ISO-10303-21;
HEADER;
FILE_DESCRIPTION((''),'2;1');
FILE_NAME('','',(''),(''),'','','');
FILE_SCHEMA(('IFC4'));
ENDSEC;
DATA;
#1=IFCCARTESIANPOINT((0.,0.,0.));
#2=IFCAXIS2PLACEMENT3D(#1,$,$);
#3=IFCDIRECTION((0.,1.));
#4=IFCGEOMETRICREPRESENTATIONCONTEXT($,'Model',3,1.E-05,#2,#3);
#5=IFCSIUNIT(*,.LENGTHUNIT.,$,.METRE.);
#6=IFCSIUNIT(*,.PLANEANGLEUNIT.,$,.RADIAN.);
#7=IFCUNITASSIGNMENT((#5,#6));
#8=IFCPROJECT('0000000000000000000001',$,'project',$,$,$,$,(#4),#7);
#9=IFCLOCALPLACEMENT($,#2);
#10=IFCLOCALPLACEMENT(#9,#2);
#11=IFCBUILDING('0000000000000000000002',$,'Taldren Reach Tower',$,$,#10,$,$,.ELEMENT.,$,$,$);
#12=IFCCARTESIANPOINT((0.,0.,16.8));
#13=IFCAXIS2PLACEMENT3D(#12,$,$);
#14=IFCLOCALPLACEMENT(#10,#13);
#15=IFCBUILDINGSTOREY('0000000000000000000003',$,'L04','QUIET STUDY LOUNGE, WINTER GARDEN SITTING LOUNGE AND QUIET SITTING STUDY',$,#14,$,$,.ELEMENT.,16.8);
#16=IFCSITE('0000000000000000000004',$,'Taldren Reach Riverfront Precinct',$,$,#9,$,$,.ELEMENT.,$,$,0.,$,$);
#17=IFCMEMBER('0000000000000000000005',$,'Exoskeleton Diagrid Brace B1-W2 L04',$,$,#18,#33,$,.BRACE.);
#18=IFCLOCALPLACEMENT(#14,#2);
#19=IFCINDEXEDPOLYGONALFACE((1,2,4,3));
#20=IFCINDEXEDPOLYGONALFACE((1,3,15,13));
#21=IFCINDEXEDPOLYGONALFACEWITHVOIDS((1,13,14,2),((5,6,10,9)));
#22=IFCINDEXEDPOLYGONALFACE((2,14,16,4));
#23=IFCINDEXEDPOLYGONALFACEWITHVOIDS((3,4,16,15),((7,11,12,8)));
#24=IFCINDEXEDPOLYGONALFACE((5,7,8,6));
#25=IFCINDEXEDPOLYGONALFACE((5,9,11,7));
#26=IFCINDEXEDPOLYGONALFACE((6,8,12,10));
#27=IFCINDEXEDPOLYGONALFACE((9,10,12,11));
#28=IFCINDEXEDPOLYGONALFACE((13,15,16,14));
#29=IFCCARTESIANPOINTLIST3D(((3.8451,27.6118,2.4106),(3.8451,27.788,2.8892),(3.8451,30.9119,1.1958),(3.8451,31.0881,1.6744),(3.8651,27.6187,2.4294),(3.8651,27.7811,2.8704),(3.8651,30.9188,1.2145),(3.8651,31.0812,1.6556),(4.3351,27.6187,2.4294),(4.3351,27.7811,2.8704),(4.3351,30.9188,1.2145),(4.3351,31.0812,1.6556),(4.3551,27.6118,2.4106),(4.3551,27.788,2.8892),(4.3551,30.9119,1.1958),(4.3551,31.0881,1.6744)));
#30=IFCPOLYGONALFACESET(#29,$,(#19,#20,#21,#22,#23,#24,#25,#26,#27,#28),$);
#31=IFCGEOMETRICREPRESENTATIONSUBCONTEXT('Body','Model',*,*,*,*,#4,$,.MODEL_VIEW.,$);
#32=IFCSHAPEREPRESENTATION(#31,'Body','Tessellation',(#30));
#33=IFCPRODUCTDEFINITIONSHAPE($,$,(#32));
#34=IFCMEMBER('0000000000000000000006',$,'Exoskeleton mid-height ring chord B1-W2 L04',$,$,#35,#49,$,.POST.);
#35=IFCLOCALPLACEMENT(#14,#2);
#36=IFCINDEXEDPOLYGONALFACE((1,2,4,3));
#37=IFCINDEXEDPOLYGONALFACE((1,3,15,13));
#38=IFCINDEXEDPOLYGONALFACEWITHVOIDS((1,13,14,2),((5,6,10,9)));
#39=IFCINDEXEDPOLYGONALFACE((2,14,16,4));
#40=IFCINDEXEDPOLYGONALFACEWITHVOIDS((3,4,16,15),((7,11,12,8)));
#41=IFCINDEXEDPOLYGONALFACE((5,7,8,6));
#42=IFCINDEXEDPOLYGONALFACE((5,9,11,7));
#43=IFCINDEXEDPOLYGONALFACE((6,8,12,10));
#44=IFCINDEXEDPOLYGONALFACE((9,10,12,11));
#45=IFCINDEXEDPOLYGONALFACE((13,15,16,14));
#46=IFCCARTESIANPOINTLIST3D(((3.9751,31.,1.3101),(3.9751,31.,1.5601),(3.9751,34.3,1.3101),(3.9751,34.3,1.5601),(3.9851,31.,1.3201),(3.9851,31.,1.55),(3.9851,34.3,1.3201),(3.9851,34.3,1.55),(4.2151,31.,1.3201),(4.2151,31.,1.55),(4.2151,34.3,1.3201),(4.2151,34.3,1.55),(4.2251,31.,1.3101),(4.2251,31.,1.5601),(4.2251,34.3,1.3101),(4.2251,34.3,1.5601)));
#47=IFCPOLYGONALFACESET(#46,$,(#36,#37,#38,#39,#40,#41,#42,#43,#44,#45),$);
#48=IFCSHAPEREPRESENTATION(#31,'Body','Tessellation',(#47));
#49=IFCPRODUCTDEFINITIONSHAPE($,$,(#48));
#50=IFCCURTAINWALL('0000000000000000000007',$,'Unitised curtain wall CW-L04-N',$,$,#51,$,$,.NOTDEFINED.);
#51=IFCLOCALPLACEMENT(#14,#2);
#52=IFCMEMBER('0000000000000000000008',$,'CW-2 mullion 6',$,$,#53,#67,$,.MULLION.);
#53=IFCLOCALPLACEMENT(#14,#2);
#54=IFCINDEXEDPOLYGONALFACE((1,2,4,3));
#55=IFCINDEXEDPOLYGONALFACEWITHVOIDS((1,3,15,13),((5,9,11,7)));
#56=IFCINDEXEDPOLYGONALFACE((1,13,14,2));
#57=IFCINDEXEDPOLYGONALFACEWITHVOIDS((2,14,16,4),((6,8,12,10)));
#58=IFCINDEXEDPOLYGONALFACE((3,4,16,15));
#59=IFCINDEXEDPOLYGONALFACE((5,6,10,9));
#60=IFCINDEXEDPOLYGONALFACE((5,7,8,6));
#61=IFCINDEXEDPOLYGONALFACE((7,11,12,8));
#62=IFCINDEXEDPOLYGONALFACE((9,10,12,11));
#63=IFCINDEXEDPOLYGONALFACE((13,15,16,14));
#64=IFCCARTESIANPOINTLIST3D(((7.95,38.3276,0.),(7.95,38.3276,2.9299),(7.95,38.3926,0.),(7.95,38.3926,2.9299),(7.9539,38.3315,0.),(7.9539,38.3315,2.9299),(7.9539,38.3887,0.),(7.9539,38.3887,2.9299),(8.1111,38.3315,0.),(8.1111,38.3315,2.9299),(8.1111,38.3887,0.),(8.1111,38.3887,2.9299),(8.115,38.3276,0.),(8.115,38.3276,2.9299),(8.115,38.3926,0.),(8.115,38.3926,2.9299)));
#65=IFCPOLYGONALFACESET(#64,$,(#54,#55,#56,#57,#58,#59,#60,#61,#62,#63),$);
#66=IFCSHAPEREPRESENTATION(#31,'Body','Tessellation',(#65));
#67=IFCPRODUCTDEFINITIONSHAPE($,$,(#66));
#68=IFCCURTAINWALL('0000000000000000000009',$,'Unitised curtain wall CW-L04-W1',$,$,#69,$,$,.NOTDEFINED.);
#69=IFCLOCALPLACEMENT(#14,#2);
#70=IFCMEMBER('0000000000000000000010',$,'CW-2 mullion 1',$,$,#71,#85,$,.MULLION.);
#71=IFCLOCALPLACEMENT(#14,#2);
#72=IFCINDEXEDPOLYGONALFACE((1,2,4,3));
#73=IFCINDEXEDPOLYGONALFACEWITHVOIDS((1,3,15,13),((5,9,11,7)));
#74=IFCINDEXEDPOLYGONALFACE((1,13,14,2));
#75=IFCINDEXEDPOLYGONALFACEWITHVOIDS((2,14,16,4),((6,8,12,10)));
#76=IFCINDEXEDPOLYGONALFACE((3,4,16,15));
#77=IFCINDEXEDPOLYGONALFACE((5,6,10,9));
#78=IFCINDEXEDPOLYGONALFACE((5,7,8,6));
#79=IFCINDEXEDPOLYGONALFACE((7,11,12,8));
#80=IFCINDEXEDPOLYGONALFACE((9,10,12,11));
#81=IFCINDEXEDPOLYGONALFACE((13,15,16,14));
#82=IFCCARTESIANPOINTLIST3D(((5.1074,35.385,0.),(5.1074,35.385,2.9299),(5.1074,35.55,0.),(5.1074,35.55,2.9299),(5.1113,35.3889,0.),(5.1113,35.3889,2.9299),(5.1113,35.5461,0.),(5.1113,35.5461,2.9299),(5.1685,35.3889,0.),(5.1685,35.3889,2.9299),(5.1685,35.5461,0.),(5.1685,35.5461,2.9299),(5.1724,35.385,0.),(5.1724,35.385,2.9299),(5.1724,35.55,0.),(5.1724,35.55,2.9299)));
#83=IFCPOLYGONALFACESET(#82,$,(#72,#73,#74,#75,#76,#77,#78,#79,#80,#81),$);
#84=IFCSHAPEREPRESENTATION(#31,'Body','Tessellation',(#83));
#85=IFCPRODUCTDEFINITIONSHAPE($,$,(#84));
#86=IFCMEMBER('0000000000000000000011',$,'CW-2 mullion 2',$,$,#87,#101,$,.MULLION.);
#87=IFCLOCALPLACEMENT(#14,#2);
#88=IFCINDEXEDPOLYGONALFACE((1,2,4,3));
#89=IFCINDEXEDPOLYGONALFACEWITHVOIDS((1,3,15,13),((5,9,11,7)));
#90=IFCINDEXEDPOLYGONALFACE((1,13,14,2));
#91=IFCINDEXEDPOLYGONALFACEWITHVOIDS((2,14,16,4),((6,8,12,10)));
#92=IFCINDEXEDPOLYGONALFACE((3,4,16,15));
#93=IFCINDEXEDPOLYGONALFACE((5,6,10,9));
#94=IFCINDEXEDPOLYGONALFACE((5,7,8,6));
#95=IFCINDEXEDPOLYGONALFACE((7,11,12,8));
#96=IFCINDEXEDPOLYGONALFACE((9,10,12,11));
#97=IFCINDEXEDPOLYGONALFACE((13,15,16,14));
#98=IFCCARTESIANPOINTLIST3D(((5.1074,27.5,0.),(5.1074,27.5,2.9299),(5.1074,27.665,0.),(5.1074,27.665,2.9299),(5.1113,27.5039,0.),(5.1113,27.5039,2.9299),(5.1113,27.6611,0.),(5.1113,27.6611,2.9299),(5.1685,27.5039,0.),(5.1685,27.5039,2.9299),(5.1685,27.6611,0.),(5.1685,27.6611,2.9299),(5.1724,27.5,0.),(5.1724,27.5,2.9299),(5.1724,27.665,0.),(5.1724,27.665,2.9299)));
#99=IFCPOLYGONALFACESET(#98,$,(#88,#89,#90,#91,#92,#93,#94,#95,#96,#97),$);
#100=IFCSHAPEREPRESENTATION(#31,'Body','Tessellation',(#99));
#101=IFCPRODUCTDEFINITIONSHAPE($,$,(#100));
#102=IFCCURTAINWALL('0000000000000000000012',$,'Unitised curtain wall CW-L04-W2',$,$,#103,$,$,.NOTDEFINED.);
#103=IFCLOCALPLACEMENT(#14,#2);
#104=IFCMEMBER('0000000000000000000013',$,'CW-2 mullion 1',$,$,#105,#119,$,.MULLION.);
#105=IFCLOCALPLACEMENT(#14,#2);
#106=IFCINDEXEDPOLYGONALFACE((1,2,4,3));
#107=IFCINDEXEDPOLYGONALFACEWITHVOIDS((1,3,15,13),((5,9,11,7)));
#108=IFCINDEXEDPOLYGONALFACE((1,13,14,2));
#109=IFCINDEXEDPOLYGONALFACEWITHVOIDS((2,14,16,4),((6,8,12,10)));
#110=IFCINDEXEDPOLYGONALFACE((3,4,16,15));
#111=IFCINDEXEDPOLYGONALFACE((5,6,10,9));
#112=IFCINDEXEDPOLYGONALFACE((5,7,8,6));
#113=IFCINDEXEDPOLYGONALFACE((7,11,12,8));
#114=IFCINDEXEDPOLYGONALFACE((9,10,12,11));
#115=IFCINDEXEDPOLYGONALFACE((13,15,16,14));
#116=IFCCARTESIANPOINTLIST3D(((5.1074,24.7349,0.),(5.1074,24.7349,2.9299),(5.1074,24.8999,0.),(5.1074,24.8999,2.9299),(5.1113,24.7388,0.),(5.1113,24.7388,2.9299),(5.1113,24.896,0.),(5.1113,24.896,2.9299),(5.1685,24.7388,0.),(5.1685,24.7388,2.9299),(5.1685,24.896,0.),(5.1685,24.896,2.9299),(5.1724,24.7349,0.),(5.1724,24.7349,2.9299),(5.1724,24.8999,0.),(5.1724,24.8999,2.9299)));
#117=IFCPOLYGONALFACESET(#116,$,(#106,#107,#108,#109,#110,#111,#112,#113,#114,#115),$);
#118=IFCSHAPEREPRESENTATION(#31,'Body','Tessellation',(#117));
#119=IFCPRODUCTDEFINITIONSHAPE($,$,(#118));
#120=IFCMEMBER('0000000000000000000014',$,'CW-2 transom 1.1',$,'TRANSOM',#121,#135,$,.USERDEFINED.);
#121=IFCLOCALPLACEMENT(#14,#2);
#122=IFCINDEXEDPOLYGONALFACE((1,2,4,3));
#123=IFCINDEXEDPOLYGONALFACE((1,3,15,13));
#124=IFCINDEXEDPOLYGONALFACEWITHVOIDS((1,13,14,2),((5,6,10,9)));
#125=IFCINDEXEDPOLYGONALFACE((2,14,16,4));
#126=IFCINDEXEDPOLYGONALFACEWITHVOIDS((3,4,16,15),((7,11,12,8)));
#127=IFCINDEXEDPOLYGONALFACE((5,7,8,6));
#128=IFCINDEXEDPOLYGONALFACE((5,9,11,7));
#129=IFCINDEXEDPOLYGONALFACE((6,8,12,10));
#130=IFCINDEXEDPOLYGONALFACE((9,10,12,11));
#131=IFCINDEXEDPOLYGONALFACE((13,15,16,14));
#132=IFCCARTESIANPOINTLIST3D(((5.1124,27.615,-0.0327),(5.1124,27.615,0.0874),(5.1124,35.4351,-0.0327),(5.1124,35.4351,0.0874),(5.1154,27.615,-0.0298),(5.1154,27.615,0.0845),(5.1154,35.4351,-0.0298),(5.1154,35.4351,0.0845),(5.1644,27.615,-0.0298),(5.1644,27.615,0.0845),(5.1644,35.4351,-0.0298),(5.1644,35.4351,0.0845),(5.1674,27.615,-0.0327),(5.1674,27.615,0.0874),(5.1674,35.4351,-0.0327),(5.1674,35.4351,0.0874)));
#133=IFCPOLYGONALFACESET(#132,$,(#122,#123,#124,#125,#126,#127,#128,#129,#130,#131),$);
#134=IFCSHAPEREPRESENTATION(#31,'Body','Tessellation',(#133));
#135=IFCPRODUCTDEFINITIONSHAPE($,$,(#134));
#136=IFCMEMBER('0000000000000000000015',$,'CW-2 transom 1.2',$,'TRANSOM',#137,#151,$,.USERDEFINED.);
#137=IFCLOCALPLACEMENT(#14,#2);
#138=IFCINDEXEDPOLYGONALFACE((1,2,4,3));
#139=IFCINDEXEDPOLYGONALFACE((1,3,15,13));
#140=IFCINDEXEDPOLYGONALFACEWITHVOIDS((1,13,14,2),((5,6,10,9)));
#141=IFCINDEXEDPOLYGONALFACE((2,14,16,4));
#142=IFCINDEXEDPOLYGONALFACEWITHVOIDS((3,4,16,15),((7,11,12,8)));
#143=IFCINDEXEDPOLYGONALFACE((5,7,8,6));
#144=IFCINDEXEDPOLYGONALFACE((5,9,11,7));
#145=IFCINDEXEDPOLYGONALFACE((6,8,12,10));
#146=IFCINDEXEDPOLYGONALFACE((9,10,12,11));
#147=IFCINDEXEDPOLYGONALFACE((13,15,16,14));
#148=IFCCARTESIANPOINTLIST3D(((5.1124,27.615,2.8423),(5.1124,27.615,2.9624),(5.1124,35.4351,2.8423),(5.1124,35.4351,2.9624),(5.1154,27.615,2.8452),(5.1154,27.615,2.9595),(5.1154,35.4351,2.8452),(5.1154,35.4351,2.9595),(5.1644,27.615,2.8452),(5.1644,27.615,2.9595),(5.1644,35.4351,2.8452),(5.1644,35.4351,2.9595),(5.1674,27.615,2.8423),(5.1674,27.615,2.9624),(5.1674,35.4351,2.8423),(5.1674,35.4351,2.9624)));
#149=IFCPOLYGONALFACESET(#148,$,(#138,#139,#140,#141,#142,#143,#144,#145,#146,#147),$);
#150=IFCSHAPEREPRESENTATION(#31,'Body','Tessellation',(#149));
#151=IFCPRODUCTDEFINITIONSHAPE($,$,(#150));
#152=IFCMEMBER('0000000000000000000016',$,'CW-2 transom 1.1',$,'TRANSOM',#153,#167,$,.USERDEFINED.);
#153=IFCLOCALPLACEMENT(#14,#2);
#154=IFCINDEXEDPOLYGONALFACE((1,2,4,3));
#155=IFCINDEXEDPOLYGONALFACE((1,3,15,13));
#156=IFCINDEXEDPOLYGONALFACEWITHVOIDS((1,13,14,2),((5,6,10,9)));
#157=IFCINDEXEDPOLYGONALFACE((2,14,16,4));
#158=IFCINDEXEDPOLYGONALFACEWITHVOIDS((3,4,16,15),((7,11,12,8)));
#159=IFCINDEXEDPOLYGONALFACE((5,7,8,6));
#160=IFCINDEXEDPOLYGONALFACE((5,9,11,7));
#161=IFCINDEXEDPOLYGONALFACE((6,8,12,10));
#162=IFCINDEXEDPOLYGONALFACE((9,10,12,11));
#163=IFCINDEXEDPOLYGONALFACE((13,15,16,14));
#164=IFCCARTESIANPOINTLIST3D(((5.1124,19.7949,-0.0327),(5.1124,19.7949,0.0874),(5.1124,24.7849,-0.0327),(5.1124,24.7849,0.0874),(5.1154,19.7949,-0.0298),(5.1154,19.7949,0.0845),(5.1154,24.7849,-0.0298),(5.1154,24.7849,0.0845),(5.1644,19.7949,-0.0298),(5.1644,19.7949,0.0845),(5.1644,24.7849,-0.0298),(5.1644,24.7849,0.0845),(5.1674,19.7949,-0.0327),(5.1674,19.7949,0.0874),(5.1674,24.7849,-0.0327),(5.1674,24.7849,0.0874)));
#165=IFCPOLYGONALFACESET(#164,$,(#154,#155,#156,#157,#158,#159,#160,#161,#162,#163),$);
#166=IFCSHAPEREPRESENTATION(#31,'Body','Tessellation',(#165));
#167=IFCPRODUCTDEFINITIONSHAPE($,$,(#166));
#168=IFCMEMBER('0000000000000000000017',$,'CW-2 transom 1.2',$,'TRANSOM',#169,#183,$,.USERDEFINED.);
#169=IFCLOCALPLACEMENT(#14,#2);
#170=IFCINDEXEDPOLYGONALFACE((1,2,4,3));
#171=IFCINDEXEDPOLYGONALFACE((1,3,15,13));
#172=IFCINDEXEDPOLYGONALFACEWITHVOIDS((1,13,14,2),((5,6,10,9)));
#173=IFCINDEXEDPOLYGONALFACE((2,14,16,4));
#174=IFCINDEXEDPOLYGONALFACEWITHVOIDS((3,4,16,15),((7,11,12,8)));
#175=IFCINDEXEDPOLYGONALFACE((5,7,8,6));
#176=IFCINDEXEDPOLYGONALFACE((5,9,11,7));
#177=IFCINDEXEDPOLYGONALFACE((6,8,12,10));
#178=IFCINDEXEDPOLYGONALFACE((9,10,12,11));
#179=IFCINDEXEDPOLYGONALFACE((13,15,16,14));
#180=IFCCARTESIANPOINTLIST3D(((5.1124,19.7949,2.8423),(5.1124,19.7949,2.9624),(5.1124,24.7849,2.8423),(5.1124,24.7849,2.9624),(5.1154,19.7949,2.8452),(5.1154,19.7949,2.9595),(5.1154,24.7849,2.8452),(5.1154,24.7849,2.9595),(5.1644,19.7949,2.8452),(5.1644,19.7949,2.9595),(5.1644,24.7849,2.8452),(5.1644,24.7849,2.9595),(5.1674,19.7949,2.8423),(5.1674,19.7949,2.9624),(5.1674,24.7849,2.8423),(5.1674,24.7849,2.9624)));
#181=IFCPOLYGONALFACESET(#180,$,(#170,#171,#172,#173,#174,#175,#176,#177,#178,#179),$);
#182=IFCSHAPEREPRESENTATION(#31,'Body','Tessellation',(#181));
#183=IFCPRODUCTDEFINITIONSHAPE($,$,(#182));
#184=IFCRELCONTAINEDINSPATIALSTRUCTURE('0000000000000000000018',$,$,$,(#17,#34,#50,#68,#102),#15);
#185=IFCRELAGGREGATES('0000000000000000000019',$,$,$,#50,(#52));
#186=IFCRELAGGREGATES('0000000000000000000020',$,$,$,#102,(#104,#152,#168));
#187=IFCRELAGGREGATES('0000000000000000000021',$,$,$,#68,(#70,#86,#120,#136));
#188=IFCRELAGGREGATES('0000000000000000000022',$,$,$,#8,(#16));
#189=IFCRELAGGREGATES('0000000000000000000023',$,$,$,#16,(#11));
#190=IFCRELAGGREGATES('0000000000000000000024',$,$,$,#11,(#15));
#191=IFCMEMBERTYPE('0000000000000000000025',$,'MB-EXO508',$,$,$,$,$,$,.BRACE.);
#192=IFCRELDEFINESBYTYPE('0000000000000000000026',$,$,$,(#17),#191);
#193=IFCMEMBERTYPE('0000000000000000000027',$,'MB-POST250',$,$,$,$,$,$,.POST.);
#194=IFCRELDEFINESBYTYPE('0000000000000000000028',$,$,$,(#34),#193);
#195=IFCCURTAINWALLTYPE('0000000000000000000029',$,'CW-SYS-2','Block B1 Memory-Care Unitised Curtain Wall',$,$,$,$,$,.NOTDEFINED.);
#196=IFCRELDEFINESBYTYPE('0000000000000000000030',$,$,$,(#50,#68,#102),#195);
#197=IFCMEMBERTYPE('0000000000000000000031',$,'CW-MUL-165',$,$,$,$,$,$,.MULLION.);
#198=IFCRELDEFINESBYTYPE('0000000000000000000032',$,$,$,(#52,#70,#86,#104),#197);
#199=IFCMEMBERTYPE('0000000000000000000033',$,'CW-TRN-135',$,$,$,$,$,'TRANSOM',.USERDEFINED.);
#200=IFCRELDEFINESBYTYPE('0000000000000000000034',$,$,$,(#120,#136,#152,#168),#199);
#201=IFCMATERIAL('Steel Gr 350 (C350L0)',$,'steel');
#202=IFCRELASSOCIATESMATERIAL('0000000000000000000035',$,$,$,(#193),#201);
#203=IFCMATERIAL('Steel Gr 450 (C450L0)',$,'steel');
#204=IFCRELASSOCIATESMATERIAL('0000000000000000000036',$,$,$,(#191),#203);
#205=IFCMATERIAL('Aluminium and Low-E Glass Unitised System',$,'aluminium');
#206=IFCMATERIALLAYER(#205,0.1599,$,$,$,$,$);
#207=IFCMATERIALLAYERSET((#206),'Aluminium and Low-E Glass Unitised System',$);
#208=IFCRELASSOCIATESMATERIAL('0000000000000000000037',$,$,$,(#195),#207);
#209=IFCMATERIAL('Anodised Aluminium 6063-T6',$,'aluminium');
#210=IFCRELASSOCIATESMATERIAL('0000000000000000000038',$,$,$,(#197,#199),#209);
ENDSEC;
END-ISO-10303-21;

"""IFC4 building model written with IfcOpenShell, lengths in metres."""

from ifc_helpers import new_model, si_unit, direction, frame, origin, origin_2d, place, context, subcontext, project, spatial, hollow_rectangle, extrude, source, transform, mapped, material, layer, layer_set, material_profile, profile_set, type_object, element, aggregate, save


model = new_model("IFC4")

# Units and contexts
model_context = context("Model", 3, precision=1e-05, world=origin(), true_north=direction((0.0, 1.0)))
body_context = subcontext(model_context, "Body", "Model", "MODEL_VIEW")
ifc_project = project(units=[si_unit("LENGTHUNIT", "METRE"), si_unit("PLANEANGLEUNIT", "RADIAN")], contexts=[model_context])

# Site, building, storey
site_placement = place(None, origin())
site = spatial("IfcSite", under=ifc_project, at=site_placement, Name="Taldren Reach Riverfront Precinct", CompositionType="ELEMENT", RefElevation=0.0)
building_placement = place(site_placement, origin())
building = spatial("IfcBuilding", under=site, at=building_placement, Name="Taldren Reach Tower", CompositionType="ELEMENT")
storey_placement = place(building_placement, frame((0.0, 0.0, 16.8)))
storey = spatial("IfcBuildingStorey", under=building, at=storey_placement, Name="L04", Description="QUIET STUDY LOUNGE, WINTER GARDEN SITTING LOUNGE AND QUIET SITTING STUDY", CompositionType="ELEMENT", Elevation=16.8)

# Members
ifc_material_1 = material(Name="Steel Gr 450 (C450L0)", Category="steel")
ifc_material_2 = material(Name="Steel Gr 350 (C350L0)", Category="steel")
ifc_material_profile_1 = material_profile(ifc_material_2, hollow_rectangle(XDim=0.25, YDim=0.25, WallThickness=0.01, at=origin_2d()), Name="250x250x10.0SHS")
ifc_profile_set_1 = profile_set([ifc_material_profile_1], Name="Steel Gr 350 (C350L0)")
member_type_1 = type_object("IfcMemberType", Name="MB-POST250", PredefinedType="POST", material=ifc_profile_set_1)
ifc_material_profile_2 = material_profile(ifc_material_1, hollow_rectangle(XDim=0.51, YDim=0.51, WallThickness=0.02, at=origin_2d()), Name="510x510x20.0SHS")
ifc_profile_set_2 = profile_set([ifc_material_profile_2], Name="Steel Gr 450 (C450L0)")
member_type_2 = type_object("IfcMemberType", Name="MB-EXO508", PredefinedType="BRACE", material=ifc_profile_set_2)
shared_shape_1 = source(origin(), body_context, "Body", "SweptSolid", [
    extrude(hollow_rectangle(XDim=0.51, YDim=0.51, WallThickness=0.02, at=origin_2d()), origin(), (0.0, 0.0, 1.0), 3.5166),
])
for number, where, z_axis, x_axis, name in (
    (1, (4.1001, 31.0, 1.4351), (0.0, -0.938432, 0.345464), (1.0, 0.0, 0.0), "Exoskeleton Diagrid Brace B1-W2 L04"),
):
    element("IfcMember", number, at=place(storey_placement, frame(where, z_axis=z_axis, x_axis=x_axis)), inside=storey, type_object=member_type_2, Name=name, PredefinedType="BRACE", context=body_context, shape_type="MappedRepresentation", body=[
        mapped(shared_shape_1, transform((0.0, 0.0, 0.0), scale=1.0)),
    ])
shared_shape_2 = source(origin(), body_context, "Body", "SweptSolid", [
    extrude(hollow_rectangle(XDim=0.25, YDim=0.25, WallThickness=0.01, at=origin_2d()), origin(), (0.0, 0.0, 1.0), 3.3),
])
member_1_placement = place(storey_placement, frame((4.1001, 34.3, 1.4351), z_axis=(0.0, -1.0, 0.0), x_axis=(1.0, 0.0, 0.0)))
element("IfcMember", 2, at=member_1_placement, inside=storey, type_object=member_type_1, Name="Exoskeleton mid-height ring chord B1-W2 L04", PredefinedType="POST", context=body_context, shape_type="MappedRepresentation", body=[
    mapped(shared_shape_2, transform((0.0, 0.0, 0.0), scale=1.0)),
])

# Curtain wall, member
ifc_material_3 = material(Name="Aluminium and Low-E Glass Unitised System", Category="aluminium")
ifc_layer_1 = layer(ifc_material_3, 0.1599)
ifc_layer_set_1 = layer_set([ifc_layer_1], Name="Aluminium and Low-E Glass Unitised System")
curtain_wall_type = type_object("IfcCurtainWallType", Name="CW-SYS-2", Description="Block B1 Memory-Care Unitised Curtain Wall", PredefinedType="NOTDEFINED", material=ifc_layer_set_1)
curtain_wall_1_placement = place(storey_placement, origin())
curtain_wall_1 = element("IfcCurtainWall", 3, at=curtain_wall_1_placement, inside=storey, type_object=curtain_wall_type, Name="Unitised curtain wall CW-L04-N", PredefinedType="NOTDEFINED")
ifc_material_4 = material(Name="Anodised Aluminium 6063-T6", Category="aluminium")
ifc_material_profile_3 = material_profile(ifc_material_4, hollow_rectangle(XDim=0.0649, YDim=0.165, WallThickness=0.0039, at=origin_2d()), Name="ALU-165x65x4RHS")
ifc_profile_set_3 = profile_set([ifc_material_profile_3], Name="Anodised Aluminium 6063-T6")
member_type_3 = type_object("IfcMemberType", Name="CW-MUL-165", PredefinedType="MULLION", material=ifc_profile_set_3)
shared_shape_3 = source(origin(), body_context, "Body", "SweptSolid", [
    extrude(hollow_rectangle(XDim=0.0649, YDim=0.165, WallThickness=0.0039, at=origin_2d()), origin(), (0.0, 0.0, 1.0), 2.9299),
])
member_2_placement = place(storey_placement, frame((8.0325, 38.3601, 0.0), z_axis=(0.0, 0.0, 1.0), x_axis=(0.0, -1.0, 0.0)))
member_2 = element("IfcMember", 4, at=member_2_placement, type_object=member_type_3, Name="CW-2 mullion 6", PredefinedType="MULLION", context=body_context, shape_type="MappedRepresentation", body=[
    mapped(shared_shape_3, transform((0.0, 0.0, 0.0), scale=1.0)),
])
aggregate(curtain_wall_1, [member_2])

# Curtain wall, members
curtain_wall_2_placement = place(storey_placement, origin())
curtain_wall_2 = element("IfcCurtainWall", 5, at=curtain_wall_2_placement, inside=storey, type_object=curtain_wall_type, Name="Unitised curtain wall CW-L04-W1", PredefinedType="NOTDEFINED")
member_3_placement = place(storey_placement, frame((5.1399, 35.4675, 0.0), z_axis=(0.0, 0.0, 1.0), x_axis=(1.0, 0.0, 0.0)))
member_3 = element("IfcMember", 6, at=member_3_placement, type_object=member_type_3, Name="CW-2 mullion 1", PredefinedType="MULLION", context=body_context, shape_type="MappedRepresentation", body=[
    mapped(shared_shape_3, transform((0.0, 0.0, 0.0), scale=1.0)),
])
member_4_placement = place(storey_placement, frame((5.1399, 27.5825, 0.0), z_axis=(0.0, 0.0, 1.0), x_axis=(1.0, 0.0, 0.0)))
member_4 = element("IfcMember", 7, at=member_4_placement, type_object=member_type_3, Name="CW-2 mullion 2", PredefinedType="MULLION", context=body_context, shape_type="MappedRepresentation", body=[
    mapped(shared_shape_3, transform((0.0, 0.0, 0.0), scale=1.0)),
])

# Curtain wall, member
curtain_wall_3_placement = place(storey_placement, origin())
curtain_wall_3 = element("IfcCurtainWall", 8, at=curtain_wall_3_placement, inside=storey, type_object=curtain_wall_type, Name="Unitised curtain wall CW-L04-W2", PredefinedType="NOTDEFINED")
member_5_placement = place(storey_placement, frame((5.1399, 24.8174, 0.0), z_axis=(0.0, 0.0, 1.0), x_axis=(1.0, 0.0, 0.0)))
member_5 = element("IfcMember", 9, at=member_5_placement, type_object=member_type_3, Name="CW-2 mullion 1", PredefinedType="MULLION", context=body_context, shape_type="MappedRepresentation", body=[
    mapped(shared_shape_3, transform((0.0, 0.0, 0.0), scale=1.0)),
])

# Members
ifc_material_profile_4 = material_profile(ifc_material_4, hollow_rectangle(XDim=0.0549, YDim=0.1201, WallThickness=0.0029, at=origin_2d()), Name="ALU-120x55x3RHS")
ifc_profile_set_4 = profile_set([ifc_material_profile_4], Name="Anodised Aluminium 6063-T6")
member_type_4 = type_object("IfcMemberType", Name="CW-TRN-135", ElementType="TRANSOM", PredefinedType="USERDEFINED", material=ifc_profile_set_4)
shared_shape_4 = source(origin(), body_context, "Body", "SweptSolid", [
    extrude(hollow_rectangle(XDim=0.0549, YDim=0.1201, WallThickness=0.0029, at=origin_2d()), origin(), (0.0, 0.0, 1.0), 7.8201),
])
member_6_placement = place(storey_placement, frame((5.1399, 35.4351, 0.0273), z_axis=(0.0, -1.0, 0.0), x_axis=(1.0, 0.0, 0.0)))
member_6 = element("IfcMember", 10, at=member_6_placement, type_object=member_type_4, Name="CW-2 transom 1.1", ObjectType="TRANSOM", PredefinedType="USERDEFINED", context=body_context, shape_type="MappedRepresentation", body=[
    mapped(shared_shape_4, transform((0.0, 0.0, 0.0), scale=1.0)),
])
member_7_placement = place(storey_placement, frame((5.1399, 35.4351, 2.9023), z_axis=(0.0, -1.0, 0.0), x_axis=(1.0, 0.0, 0.0)))
member_7 = element("IfcMember", 11, at=member_7_placement, type_object=member_type_4, Name="CW-2 transom 1.2", ObjectType="TRANSOM", PredefinedType="USERDEFINED", context=body_context, shape_type="MappedRepresentation", body=[
    mapped(shared_shape_4, transform((0.0, 0.0, 0.0), scale=1.0)),
])
shared_shape_5 = source(origin(), body_context, "Body", "SweptSolid", [
    extrude(hollow_rectangle(XDim=0.0549, YDim=0.1201, WallThickness=0.0029, at=origin_2d()), origin(), (0.0, 0.0, 1.0), 4.99),
])
member_8_placement = place(storey_placement, frame((5.1399, 24.7849, 0.0273), z_axis=(0.0, -1.0, 0.0), x_axis=(1.0, 0.0, 0.0)))
member_8 = element("IfcMember", 12, at=member_8_placement, type_object=member_type_4, Name="CW-2 transom 1.1", ObjectType="TRANSOM", PredefinedType="USERDEFINED", context=body_context, shape_type="MappedRepresentation", body=[
    mapped(shared_shape_5, transform((0.0, 0.0, 0.0), scale=1.0)),
])
member_9_placement = place(storey_placement, frame((5.1399, 24.7849, 2.9023), z_axis=(0.0, -1.0, 0.0), x_axis=(1.0, 0.0, 0.0)))
member_9 = element("IfcMember", 13, at=member_9_placement, type_object=member_type_4, Name="CW-2 transom 1.2", ObjectType="TRANSOM", PredefinedType="USERDEFINED", context=body_context, shape_type="MappedRepresentation", body=[
    mapped(shared_shape_5, transform((0.0, 0.0, 0.0), scale=1.0)),
])
aggregate(curtain_wall_3, [member_5, member_8, member_9])

aggregate(curtain_wall_2, [member_3, member_4, member_6, member_7])

save(model, "model.ifc")
